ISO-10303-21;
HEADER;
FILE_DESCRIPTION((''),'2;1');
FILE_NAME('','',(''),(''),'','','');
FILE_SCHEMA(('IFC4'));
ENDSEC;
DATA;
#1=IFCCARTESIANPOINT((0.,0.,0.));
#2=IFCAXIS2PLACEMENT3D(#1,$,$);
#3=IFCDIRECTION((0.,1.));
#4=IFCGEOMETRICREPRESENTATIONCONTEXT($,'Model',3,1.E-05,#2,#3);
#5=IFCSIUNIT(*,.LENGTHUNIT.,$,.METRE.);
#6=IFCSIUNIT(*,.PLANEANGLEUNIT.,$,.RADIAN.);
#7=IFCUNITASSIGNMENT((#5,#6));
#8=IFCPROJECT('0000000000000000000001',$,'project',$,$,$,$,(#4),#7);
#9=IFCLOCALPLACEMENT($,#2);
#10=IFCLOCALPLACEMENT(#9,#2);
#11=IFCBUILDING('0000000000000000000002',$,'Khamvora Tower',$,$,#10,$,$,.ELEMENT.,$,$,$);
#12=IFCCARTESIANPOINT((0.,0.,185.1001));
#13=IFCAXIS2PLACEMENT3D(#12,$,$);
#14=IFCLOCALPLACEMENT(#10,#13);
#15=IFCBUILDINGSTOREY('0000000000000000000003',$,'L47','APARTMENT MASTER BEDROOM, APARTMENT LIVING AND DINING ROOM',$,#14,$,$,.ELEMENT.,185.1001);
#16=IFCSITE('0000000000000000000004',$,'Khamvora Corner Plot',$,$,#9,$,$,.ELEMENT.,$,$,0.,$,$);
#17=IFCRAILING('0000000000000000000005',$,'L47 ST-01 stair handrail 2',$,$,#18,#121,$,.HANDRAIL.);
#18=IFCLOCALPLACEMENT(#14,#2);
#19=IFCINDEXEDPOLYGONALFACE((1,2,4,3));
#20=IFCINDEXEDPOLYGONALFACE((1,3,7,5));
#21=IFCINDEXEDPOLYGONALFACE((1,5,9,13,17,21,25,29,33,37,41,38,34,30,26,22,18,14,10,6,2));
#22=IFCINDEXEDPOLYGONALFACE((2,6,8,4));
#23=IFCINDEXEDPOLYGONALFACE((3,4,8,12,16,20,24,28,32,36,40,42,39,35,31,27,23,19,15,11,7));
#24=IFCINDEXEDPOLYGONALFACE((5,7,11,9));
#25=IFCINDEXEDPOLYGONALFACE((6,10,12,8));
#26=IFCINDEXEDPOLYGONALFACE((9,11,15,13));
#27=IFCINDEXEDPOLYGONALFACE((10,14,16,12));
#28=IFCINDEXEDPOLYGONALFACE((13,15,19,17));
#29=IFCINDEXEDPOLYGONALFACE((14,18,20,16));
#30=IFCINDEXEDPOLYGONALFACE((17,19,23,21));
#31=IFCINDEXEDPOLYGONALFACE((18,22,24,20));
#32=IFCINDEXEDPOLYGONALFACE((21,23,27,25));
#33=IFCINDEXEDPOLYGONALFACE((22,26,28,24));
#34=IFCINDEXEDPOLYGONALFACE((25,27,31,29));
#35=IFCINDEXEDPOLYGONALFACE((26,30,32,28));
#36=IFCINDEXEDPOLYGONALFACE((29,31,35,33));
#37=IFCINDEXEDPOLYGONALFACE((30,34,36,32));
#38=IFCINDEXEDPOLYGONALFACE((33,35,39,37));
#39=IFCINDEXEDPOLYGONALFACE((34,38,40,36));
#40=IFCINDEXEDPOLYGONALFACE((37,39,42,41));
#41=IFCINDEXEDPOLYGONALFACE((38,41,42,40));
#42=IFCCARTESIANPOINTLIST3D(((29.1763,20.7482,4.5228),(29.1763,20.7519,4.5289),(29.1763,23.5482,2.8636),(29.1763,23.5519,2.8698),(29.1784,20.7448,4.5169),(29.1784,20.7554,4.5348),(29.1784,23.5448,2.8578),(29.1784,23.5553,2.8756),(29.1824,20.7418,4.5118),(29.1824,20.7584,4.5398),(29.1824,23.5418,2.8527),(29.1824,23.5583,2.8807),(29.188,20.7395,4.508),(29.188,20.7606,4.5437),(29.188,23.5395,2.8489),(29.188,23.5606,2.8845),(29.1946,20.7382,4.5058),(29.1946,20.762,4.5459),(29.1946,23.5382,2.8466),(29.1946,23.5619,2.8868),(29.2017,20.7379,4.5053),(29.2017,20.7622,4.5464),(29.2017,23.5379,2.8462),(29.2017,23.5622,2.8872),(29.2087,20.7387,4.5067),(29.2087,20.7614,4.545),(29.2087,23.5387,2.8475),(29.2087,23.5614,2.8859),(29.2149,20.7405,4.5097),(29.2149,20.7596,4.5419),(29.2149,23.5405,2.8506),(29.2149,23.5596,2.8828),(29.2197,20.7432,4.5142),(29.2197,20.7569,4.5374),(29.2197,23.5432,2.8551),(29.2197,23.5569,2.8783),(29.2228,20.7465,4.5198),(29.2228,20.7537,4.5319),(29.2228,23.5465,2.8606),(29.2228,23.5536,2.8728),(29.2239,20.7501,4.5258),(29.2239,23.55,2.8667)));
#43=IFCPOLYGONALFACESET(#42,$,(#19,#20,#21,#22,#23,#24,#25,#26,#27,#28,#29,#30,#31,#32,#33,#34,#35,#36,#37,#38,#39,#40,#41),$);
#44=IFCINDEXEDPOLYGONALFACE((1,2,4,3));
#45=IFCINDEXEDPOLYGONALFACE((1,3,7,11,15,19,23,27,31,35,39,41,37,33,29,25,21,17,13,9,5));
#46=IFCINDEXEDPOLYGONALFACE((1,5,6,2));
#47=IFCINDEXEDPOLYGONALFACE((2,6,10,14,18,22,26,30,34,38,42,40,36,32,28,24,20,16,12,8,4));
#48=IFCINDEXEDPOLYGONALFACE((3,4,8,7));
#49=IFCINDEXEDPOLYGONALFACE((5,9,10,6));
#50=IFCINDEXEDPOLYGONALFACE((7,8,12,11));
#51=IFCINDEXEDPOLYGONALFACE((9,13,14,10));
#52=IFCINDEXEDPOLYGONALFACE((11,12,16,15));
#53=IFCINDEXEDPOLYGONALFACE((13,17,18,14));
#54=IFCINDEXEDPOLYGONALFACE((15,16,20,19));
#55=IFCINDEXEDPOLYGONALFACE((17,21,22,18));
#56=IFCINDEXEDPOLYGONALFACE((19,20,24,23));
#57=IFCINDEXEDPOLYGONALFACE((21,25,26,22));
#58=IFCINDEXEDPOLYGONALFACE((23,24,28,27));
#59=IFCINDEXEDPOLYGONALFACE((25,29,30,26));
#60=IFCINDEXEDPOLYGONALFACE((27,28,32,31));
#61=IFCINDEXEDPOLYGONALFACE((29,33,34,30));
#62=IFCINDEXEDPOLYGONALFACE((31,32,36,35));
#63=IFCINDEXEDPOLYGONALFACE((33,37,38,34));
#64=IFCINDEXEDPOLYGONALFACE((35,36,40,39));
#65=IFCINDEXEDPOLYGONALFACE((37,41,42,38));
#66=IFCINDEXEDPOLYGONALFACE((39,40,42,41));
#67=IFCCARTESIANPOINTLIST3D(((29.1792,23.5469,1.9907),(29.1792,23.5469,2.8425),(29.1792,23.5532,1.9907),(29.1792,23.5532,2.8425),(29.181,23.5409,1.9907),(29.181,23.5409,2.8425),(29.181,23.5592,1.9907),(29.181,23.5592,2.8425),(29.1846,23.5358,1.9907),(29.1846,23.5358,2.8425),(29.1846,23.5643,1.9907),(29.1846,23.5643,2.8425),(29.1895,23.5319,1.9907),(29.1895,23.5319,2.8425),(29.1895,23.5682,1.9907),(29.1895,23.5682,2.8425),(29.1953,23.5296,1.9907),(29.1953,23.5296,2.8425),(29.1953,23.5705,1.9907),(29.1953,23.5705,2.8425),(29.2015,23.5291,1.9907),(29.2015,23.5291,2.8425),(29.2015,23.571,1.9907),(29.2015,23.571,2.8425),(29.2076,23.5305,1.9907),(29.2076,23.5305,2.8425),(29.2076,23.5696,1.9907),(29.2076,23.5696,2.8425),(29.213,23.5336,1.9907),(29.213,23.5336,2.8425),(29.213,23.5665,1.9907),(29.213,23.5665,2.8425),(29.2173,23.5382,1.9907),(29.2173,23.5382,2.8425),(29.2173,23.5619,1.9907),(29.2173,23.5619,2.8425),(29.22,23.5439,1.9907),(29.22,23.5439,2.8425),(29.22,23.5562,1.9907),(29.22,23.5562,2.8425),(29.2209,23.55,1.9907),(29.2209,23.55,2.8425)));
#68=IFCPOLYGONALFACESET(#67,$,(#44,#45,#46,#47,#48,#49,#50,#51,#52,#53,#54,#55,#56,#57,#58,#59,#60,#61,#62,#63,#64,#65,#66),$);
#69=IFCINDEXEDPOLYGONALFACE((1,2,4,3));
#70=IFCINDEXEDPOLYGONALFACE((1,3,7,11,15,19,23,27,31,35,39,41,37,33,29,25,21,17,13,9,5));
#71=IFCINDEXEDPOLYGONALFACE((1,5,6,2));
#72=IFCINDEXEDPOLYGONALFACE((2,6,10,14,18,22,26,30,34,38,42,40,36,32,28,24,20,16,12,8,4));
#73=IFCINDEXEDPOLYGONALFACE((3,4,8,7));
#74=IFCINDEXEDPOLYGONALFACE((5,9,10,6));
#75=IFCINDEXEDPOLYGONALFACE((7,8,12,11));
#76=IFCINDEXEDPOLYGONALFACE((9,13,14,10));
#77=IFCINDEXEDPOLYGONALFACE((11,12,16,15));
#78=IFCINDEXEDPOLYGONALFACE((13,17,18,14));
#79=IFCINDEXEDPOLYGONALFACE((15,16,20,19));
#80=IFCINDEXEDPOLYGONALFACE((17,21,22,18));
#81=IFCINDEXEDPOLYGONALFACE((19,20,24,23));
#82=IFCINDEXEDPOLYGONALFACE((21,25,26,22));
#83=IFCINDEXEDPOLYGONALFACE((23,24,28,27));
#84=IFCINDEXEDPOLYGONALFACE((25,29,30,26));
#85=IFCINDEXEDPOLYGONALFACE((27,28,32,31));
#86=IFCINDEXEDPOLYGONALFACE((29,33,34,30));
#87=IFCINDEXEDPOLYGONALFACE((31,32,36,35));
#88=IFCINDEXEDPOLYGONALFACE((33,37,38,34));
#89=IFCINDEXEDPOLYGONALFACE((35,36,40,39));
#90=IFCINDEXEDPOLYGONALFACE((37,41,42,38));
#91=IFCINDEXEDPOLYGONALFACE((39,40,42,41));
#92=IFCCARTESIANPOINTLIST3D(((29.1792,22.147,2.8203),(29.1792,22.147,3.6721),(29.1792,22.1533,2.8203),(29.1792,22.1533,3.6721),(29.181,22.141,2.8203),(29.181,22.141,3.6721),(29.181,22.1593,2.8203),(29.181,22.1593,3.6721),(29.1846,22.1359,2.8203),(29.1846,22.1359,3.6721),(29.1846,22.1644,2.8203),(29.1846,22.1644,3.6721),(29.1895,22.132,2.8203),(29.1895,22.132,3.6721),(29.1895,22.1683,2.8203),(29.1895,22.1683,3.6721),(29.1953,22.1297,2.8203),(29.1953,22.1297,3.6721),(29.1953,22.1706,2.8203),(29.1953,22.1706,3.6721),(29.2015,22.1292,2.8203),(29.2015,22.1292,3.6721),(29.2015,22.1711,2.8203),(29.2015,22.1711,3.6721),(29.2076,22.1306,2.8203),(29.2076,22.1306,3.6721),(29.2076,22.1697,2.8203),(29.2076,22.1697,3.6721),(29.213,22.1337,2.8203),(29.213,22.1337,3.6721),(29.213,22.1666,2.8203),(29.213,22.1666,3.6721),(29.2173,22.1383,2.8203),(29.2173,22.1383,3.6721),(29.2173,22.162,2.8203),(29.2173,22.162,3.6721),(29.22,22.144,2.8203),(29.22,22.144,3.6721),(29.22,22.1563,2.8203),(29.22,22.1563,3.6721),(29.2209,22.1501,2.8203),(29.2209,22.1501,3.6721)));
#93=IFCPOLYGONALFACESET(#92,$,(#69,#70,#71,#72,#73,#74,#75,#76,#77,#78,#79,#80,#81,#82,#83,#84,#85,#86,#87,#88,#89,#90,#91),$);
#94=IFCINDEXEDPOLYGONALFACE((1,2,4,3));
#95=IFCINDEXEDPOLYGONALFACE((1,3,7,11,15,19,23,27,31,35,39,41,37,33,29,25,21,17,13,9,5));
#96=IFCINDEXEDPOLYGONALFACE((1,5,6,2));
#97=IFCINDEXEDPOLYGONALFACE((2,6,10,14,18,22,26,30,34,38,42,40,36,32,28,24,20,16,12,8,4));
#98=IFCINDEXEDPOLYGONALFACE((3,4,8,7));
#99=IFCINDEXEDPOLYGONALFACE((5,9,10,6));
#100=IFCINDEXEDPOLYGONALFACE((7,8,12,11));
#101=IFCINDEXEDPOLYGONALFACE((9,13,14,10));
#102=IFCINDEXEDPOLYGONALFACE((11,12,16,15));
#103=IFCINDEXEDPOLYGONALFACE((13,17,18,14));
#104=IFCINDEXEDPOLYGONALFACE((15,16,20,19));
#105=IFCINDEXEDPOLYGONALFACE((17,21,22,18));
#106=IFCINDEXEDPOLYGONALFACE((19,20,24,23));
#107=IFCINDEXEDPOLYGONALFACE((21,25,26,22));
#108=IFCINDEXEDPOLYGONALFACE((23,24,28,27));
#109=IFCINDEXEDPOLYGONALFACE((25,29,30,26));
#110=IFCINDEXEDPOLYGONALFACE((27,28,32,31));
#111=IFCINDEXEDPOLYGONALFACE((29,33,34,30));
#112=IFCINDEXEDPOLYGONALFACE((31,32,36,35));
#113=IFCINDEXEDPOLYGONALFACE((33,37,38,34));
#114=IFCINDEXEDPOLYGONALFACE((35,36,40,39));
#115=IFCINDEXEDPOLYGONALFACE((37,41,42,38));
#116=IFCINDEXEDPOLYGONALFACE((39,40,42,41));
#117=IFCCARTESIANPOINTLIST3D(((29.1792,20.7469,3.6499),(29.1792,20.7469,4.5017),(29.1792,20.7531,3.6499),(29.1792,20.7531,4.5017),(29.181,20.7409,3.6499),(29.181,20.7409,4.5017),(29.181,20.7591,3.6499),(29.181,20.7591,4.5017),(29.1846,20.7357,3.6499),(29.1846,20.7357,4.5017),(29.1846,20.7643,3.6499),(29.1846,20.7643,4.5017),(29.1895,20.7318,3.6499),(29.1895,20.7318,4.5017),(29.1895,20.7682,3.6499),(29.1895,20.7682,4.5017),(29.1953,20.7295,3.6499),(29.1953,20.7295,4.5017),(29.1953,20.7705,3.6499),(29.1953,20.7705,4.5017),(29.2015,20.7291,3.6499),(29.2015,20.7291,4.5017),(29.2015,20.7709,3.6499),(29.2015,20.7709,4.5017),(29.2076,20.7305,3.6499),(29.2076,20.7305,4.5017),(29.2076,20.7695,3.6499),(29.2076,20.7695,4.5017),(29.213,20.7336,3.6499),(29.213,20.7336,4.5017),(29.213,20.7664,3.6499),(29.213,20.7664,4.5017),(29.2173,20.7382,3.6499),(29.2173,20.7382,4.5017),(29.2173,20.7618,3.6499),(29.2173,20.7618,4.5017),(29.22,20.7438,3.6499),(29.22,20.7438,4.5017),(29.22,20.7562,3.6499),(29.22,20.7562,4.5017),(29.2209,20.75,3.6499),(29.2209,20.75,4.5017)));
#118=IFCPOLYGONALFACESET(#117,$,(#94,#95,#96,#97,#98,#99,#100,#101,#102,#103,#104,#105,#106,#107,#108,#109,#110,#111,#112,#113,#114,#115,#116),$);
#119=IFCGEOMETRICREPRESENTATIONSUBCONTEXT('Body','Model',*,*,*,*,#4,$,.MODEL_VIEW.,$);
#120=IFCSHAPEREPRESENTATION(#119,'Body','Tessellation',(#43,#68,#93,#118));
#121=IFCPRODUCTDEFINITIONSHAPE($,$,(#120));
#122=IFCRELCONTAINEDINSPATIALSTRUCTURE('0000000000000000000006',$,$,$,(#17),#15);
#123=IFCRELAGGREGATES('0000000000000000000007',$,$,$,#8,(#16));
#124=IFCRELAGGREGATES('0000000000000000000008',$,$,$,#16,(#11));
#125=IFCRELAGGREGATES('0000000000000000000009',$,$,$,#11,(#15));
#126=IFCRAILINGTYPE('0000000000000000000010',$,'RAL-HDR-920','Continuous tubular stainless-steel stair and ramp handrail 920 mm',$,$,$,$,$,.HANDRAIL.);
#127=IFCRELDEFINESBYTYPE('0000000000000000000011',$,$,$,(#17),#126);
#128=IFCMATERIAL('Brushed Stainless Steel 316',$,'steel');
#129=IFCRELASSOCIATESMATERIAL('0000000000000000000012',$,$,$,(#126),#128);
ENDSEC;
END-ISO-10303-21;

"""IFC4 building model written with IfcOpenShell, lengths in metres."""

from ifc_helpers import new_model, si_unit, direction, frame, origin, origin_2d, place, context, subcontext, project, spatial, circle, extrude, material, type_object, element, save


model = new_model("IFC4")

# Units and contexts
model_context = context("Model", 3, precision=1e-05, world=origin(), true_north=direction((0.0, 1.0)))
body_context = subcontext(model_context, "Body", "Model", "MODEL_VIEW")
ifc_project = project(units=[si_unit("LENGTHUNIT", "METRE"), si_unit("PLANEANGLEUNIT", "RADIAN")], contexts=[model_context])

# Site, building, storey
site_placement = place(None, origin())
site = spatial("IfcSite", under=ifc_project, at=site_placement, Name="Khamvora Corner Plot", CompositionType="ELEMENT", RefElevation=0.0)
building_placement = place(site_placement, origin())
building = spatial("IfcBuilding", under=site, at=building_placement, Name="Khamvora Tower", CompositionType="ELEMENT")
storey_placement = place(building_placement, frame((0.0, 0.0, 185.1001)))
storey = spatial("IfcBuildingStorey", under=building, at=storey_placement, Name="L47", Description="APARTMENT MASTER BEDROOM, APARTMENT LIVING AND DINING ROOM", CompositionType="ELEMENT", Elevation=185.1001)

# Railing
ifc_material_1 = material(Name="Brushed Stainless Steel 316", Category="steel")
railing_type_1 = type_object("IfcRailingType", Name="RAL-HDR-920", Description="Continuous tubular stainless-steel stair and ramp handrail 920 mm", PredefinedType="HANDRAIL", material=ifc_material_1)
railing_1_placement = place(storey_placement, frame((29.2, 23.55, 1.9907)))
element("IfcRailing", 1, at=railing_1_placement, inside=storey, type_object=railing_type_1, Name="L47 ST-01 stair handrail 2", PredefinedType="HANDRAIL", context=body_context, shape_type="SweptSolid", body=[
    extrude(circle(Radius=0.0239, at=origin_2d()), frame((0.0, 0.0, 0.876), z_axis=(0.0, -0.860306, 0.509778), x_axis=(1.0, 0.0, 0.0)), (0.0, 0.0, 1.0), 3.2546),
    extrude(circle(Radius=0.021, at=origin_2d()), origin(), (0.0, 0.0, 1.0), 0.8518),
    extrude(circle(Radius=0.021, at=origin_2d()), frame((0.0, -1.3999, 0.8296)), (0.0, 0.0, 1.0), 0.8518),
    extrude(circle(Radius=0.021, at=origin_2d()), frame((0.0, -2.8, 1.6592)), (0.0, 0.0, 1.0), 0.8518),
])

save(model, "model.ifc")
